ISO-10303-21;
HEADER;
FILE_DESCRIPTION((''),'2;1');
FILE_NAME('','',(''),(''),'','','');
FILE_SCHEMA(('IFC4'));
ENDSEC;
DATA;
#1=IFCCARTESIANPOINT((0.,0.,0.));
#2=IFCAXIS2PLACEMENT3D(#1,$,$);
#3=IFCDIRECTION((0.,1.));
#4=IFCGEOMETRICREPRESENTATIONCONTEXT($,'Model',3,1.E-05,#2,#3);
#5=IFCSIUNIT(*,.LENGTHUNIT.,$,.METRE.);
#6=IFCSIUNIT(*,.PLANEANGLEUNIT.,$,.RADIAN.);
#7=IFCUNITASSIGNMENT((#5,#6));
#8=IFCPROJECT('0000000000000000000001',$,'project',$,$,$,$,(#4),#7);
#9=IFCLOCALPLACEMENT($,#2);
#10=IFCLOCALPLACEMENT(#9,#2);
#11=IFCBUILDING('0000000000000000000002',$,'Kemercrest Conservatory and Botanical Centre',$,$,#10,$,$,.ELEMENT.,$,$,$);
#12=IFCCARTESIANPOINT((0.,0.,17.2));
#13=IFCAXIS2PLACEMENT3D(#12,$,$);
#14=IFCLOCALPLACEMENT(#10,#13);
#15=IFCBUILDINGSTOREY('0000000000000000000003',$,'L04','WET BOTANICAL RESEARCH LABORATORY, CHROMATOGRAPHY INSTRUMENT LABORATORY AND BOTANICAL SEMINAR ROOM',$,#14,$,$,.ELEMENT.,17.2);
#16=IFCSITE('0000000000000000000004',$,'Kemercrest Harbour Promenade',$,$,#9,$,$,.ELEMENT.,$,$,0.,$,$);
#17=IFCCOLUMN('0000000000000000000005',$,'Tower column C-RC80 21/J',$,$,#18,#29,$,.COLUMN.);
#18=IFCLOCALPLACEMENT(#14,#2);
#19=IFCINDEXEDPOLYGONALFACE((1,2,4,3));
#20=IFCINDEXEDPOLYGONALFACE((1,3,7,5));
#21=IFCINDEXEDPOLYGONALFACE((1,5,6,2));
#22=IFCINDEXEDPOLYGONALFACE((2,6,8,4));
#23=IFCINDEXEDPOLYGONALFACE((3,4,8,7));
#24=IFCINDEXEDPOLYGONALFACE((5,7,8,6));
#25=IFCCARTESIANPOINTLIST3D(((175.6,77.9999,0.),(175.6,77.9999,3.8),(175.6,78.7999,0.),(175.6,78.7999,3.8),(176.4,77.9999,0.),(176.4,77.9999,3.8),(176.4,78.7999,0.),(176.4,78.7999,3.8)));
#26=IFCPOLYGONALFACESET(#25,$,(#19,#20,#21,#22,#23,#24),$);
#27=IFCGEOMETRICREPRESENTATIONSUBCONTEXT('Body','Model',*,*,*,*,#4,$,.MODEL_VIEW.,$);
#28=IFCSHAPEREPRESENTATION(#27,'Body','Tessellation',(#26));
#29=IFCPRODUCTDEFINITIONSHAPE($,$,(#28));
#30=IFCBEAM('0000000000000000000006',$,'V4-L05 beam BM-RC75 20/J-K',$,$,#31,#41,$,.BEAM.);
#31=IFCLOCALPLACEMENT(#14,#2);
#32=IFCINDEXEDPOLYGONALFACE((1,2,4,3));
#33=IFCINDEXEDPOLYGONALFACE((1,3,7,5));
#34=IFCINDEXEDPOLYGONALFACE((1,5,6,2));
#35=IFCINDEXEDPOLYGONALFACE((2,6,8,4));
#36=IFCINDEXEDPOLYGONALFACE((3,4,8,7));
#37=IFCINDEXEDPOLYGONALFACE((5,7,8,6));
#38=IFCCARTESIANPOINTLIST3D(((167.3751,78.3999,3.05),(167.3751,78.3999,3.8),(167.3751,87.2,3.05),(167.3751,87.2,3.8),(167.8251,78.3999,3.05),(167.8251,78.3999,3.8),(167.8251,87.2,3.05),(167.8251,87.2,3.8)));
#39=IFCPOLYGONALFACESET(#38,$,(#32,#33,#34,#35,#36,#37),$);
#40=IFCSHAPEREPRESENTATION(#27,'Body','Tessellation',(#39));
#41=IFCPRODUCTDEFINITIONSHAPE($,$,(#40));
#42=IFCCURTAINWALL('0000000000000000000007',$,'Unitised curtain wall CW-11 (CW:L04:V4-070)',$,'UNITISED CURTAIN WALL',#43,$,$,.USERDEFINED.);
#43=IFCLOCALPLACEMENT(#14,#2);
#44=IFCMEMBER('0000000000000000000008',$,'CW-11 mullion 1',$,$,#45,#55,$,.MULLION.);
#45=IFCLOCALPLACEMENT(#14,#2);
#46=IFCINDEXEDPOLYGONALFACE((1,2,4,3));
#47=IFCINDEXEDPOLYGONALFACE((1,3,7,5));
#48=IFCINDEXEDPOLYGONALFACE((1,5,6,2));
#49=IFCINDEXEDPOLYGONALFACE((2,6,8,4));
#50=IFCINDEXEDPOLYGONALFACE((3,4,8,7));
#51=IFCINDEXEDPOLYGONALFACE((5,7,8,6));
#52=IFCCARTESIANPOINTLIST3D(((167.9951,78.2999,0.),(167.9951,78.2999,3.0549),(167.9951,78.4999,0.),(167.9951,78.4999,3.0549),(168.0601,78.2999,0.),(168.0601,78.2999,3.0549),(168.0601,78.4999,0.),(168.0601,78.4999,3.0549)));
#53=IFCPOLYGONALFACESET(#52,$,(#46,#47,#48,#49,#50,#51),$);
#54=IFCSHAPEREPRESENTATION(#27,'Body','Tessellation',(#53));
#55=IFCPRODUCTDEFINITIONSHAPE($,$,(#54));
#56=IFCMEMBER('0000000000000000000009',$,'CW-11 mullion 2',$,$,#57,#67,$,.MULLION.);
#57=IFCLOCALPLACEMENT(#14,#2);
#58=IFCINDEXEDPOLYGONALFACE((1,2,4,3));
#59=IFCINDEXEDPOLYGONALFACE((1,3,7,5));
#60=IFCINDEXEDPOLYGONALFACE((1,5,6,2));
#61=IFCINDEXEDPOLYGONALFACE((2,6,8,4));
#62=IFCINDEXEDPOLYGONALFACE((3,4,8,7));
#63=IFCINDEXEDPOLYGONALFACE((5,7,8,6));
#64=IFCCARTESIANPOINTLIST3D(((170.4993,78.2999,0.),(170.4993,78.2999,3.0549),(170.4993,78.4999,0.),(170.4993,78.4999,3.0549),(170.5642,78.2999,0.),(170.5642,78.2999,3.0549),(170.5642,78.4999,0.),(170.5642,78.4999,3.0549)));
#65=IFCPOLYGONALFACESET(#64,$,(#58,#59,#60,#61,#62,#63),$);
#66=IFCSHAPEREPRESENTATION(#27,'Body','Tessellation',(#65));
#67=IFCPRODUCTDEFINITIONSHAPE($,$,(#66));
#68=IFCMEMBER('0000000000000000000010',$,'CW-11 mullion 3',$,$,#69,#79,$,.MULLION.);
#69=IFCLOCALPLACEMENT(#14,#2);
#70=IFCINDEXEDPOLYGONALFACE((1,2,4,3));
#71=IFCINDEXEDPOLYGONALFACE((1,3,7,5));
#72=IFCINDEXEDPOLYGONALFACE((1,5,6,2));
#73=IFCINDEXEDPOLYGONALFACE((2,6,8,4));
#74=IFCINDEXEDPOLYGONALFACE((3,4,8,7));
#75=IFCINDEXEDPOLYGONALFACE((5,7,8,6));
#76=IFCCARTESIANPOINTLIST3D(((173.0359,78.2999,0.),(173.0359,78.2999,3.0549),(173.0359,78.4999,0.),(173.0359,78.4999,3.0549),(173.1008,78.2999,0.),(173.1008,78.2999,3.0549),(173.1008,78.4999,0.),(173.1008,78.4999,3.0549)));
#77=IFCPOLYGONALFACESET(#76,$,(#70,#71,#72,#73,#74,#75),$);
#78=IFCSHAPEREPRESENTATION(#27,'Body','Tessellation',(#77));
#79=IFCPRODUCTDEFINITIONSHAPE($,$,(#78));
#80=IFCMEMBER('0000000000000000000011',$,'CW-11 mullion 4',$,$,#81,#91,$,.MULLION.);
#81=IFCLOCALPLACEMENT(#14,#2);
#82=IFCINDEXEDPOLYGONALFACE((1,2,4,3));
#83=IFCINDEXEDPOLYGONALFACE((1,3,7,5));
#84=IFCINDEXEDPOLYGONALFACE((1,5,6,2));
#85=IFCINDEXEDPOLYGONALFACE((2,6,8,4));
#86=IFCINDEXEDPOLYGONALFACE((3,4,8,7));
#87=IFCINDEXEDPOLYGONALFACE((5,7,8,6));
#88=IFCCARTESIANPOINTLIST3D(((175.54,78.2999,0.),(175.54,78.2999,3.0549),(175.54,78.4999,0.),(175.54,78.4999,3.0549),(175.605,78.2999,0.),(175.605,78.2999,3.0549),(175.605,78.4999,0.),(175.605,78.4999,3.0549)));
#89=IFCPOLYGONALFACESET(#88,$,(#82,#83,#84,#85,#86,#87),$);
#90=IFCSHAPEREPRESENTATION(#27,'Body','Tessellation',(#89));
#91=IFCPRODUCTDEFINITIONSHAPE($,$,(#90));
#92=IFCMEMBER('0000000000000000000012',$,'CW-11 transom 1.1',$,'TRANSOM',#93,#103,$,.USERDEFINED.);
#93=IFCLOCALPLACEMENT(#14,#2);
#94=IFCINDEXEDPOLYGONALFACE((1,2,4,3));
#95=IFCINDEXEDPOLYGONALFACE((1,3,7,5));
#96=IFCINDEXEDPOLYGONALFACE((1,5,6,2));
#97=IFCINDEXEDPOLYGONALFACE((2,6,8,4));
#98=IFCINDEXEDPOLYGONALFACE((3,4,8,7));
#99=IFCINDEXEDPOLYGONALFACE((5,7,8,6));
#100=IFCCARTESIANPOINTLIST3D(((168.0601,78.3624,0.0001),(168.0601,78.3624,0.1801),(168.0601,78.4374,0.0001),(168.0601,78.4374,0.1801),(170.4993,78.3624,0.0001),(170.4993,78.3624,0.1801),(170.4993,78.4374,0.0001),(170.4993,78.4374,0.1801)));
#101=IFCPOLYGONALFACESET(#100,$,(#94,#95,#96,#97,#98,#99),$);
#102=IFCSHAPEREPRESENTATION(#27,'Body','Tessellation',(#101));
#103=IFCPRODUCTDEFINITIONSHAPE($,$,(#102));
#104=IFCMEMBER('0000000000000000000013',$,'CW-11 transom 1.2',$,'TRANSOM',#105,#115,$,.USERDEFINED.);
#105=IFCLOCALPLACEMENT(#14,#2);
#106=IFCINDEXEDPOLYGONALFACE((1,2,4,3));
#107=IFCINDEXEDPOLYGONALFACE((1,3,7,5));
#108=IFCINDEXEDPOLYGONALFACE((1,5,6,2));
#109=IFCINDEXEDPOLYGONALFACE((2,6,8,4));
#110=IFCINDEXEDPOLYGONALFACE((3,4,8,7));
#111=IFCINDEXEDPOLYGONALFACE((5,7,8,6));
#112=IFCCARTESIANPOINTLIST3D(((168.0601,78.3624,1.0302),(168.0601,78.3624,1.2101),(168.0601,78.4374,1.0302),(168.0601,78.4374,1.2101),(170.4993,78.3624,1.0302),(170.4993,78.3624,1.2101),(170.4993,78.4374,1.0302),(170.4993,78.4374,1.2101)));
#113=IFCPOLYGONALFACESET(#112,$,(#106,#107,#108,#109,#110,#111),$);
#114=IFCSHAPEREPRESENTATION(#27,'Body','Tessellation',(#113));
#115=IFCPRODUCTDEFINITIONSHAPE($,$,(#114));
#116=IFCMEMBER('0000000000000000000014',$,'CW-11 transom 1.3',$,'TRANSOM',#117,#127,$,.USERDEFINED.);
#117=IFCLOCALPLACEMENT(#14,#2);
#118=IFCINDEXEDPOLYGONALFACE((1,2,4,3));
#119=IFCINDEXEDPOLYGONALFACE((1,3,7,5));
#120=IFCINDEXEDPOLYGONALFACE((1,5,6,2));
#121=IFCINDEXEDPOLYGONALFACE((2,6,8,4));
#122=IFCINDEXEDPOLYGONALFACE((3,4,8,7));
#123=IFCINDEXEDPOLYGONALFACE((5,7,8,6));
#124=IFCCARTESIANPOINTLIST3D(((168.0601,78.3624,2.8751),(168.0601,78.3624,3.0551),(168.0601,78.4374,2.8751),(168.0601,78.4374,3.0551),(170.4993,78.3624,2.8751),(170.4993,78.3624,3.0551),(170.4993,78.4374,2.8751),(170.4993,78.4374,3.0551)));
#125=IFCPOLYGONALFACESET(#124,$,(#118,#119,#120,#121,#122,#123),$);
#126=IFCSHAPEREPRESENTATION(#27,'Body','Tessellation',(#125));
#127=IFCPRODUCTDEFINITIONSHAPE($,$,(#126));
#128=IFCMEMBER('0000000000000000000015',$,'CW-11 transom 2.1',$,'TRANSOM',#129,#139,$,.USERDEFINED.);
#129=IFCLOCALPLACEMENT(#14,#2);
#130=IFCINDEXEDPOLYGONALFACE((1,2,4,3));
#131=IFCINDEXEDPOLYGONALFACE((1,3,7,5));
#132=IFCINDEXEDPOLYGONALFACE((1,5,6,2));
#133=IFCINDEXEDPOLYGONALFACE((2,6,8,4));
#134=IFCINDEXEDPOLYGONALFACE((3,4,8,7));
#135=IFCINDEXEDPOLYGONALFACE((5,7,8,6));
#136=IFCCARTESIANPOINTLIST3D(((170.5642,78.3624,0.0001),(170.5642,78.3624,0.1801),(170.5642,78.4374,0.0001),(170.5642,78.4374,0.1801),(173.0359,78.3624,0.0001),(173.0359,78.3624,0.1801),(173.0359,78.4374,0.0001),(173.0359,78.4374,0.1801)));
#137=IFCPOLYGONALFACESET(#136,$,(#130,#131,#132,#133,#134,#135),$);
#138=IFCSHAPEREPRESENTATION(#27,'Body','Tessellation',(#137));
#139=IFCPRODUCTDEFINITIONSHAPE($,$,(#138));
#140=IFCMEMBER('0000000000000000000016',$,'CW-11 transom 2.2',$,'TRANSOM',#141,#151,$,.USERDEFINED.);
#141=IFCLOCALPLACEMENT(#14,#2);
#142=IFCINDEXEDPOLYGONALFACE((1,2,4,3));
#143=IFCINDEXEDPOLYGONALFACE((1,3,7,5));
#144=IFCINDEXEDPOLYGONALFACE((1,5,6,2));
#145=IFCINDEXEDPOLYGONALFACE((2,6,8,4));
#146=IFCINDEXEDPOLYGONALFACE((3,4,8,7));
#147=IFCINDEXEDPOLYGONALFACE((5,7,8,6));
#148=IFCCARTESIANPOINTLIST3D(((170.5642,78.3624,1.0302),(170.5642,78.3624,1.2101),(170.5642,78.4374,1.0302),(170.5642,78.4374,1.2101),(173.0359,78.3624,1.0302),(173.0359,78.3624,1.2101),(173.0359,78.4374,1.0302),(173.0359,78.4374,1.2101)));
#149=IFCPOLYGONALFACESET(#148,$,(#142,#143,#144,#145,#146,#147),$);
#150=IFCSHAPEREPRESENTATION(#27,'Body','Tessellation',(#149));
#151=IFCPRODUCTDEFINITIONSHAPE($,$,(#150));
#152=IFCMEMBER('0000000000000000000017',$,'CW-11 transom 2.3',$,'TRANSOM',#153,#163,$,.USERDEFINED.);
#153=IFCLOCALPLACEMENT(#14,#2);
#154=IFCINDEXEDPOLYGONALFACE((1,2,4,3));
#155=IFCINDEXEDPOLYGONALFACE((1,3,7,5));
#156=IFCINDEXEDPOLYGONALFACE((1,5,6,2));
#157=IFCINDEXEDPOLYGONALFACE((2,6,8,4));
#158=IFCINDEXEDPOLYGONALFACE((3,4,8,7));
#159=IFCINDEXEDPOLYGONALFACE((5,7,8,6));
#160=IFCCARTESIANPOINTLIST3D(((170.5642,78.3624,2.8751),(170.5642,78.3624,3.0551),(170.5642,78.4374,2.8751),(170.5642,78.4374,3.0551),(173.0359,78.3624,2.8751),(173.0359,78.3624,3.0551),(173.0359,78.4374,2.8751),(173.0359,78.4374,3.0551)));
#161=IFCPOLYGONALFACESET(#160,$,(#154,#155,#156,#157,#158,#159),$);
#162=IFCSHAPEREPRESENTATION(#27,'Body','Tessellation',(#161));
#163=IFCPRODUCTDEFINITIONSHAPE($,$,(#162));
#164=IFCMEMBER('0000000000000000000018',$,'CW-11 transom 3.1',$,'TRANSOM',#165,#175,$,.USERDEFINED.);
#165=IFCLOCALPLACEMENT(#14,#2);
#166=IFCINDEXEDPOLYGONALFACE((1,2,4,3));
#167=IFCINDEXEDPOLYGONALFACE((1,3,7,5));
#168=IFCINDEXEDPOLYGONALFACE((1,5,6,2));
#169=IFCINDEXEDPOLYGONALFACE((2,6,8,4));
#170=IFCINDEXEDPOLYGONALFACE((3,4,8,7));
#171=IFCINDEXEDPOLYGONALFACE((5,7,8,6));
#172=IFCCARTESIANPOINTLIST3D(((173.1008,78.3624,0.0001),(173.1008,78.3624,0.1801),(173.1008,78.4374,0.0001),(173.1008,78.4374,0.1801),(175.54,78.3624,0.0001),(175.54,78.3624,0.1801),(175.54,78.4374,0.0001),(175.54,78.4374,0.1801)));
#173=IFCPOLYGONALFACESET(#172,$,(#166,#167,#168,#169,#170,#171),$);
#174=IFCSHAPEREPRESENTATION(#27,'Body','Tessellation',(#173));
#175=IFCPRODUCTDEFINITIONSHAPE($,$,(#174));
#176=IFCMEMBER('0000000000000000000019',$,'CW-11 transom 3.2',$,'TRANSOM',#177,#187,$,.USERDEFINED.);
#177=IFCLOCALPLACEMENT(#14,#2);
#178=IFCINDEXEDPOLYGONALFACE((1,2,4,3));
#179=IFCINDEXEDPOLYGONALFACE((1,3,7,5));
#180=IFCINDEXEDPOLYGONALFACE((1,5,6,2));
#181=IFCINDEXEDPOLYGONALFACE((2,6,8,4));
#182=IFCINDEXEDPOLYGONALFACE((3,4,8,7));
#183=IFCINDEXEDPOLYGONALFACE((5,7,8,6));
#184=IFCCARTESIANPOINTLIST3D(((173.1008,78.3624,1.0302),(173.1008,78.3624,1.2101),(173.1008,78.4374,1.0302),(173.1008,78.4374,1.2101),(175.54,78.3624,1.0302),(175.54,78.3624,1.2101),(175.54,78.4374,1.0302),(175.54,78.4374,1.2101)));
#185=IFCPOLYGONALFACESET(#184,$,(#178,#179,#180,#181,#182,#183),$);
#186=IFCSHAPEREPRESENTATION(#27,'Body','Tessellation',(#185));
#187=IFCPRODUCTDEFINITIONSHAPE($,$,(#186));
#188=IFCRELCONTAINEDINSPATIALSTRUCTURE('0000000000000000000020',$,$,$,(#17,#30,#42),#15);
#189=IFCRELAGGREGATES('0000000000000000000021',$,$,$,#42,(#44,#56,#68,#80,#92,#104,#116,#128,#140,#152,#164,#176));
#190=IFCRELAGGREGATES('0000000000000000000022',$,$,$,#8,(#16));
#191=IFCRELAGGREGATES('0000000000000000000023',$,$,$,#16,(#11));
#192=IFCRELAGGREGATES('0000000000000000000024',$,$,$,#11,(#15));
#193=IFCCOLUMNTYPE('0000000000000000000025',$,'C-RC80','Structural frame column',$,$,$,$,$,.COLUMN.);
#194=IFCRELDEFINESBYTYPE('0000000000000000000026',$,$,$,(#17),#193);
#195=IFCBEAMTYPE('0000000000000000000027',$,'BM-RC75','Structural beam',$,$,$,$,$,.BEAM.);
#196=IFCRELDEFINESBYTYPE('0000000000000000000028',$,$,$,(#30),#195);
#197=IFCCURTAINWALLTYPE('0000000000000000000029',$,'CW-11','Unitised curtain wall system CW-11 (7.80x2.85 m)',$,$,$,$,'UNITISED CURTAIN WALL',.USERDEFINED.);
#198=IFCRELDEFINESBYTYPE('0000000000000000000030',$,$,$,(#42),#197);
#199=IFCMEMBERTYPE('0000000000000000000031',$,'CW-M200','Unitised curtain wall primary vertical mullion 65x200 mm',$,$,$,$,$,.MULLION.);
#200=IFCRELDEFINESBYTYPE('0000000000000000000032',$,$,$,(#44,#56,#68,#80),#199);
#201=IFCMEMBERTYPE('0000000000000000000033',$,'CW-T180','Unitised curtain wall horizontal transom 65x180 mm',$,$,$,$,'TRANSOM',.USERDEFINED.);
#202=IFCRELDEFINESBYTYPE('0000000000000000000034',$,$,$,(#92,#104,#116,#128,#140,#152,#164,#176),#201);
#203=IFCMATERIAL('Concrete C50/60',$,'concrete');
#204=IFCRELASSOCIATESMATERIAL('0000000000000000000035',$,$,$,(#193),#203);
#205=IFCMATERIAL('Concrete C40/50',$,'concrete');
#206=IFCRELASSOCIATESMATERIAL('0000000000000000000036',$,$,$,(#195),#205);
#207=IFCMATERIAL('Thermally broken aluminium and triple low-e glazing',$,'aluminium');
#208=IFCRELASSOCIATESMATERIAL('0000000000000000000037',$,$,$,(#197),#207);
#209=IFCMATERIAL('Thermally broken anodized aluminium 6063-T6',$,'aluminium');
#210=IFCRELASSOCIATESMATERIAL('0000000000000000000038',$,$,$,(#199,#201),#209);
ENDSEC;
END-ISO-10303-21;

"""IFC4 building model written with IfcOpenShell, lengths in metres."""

from ifc_helpers import new_model, si_unit, direction, frame, origin, origin_2d, place, context, subcontext, project, spatial, rectangle, extrude, material, material_profile, profile_set, type_object, element, aggregate, save


model = new_model("IFC4")

# Units and contexts
model_context = context("Model", 3, precision=1e-05, world=origin(), true_north=direction((0.0, 1.0)))
body_context = subcontext(model_context, "Body", "Model", "MODEL_VIEW")
ifc_project = project(units=[si_unit("LENGTHUNIT", "METRE"), si_unit("PLANEANGLEUNIT", "RADIAN")], contexts=[model_context])

# Site, building, storey
site_placement = place(None, origin())
site = spatial("IfcSite", under=ifc_project, at=site_placement, Name="Kemercrest Harbour Promenade", CompositionType="ELEMENT", RefElevation=0.0)
building_placement = place(site_placement, origin())
building = spatial("IfcBuilding", under=site, at=building_placement, Name="Kemercrest Conservatory and Botanical Centre", CompositionType="ELEMENT")
storey_placement = place(building_placement, frame((0.0, 0.0, 17.2)))
storey = spatial("IfcBuildingStorey", under=building, at=storey_placement, Name="L04", Description="WET BOTANICAL RESEARCH LABORATORY, CHROMATOGRAPHY INSTRUMENT LABORATORY AND BOTANICAL SEMINAR ROOM", CompositionType="ELEMENT", Elevation=17.2)

# Column
ifc_material_1 = material(Name="Concrete C50/60", Category="concrete")
ifc_material_profile_1 = material_profile(ifc_material_1, rectangle(XDim=0.8, YDim=0.8, at=origin_2d()), Name="RC 800x800")
ifc_profile_set_1 = profile_set([ifc_material_profile_1], Name="Concrete C50/60")
column_type = type_object("IfcColumnType", Name="C-RC80", Description="Structural frame column", PredefinedType="COLUMN", material=ifc_profile_set_1)
column_placement = place(storey_placement, frame((176.0, 78.3999, 0.0), z_axis=(0.0, 0.0, 1.0), x_axis=(1.0, 0.0, 0.0)))
element("IfcColumn", 1, at=column_placement, inside=storey, type_object=column_type, Name="Tower column C-RC80 21/J", PredefinedType="COLUMN", context=body_context, shape_type="SweptSolid", body=[
    extrude(rectangle(XDim=0.8, YDim=0.8, at=origin_2d()), origin(), (0.0, 0.0, 1.0), 3.8),
])

# Beam
ifc_material_2 = material(Name="Concrete C40/50", Category="concrete")
ifc_material_profile_2 = material_profile(ifc_material_2, rectangle(XDim=0.45, YDim=0.75, at=origin_2d()), Name="RC 450x750")
ifc_profile_set_2 = profile_set([ifc_material_profile_2], Name="Concrete C40/50")
beam_type_1 = type_object("IfcBeamType", Name="BM-RC75", Description="Structural beam", PredefinedType="BEAM", material=ifc_profile_set_2)
beam_1_placement = place(storey_placement, frame((167.6001, 78.3999, 3.425), z_axis=(0.0, 1.0, 0.0), x_axis=(-1.0, 0.0, 0.0)))
element("IfcBeam", 2, at=beam_1_placement, inside=storey, type_object=beam_type_1, Name="V4-L05 beam BM-RC75 20/J-K", PredefinedType="BEAM", context=body_context, shape_type="SweptSolid", body=[
    extrude(rectangle(XDim=0.45, YDim=0.75, at=origin_2d()), origin(), (0.0, 0.0, 1.0), 8.8),
])

# Curtain wall, members
ifc_material_3 = material(Name="Thermally broken aluminium and triple low-e glazing", Category="aluminium")
curtain_wall_type = type_object("IfcCurtainWallType", Name="CW-11", Description="Unitised curtain wall system CW-11 (7.80x2.85 m)", ElementType="UNITISED CURTAIN WALL", PredefinedType="USERDEFINED", material=ifc_material_3)
curtain_wall_placement = place(storey_placement, origin())
curtain_wall = element("IfcCurtainWall", 3, at=curtain_wall_placement, inside=storey, type_object=curtain_wall_type, Name="Unitised curtain wall CW-11 (CW:L04:V4-070)", ObjectType="UNITISED CURTAIN WALL", PredefinedType="USERDEFINED")
ifc_material_4 = material(Name="Thermally broken anodized aluminium 6063-T6", Category="aluminium")
ifc_material_profile_3 = material_profile(ifc_material_4, rectangle(XDim=0.2, YDim=0.0649, at=origin_2d()), Name="AL MULLION 65x200")
ifc_profile_set_3 = profile_set([ifc_material_profile_3], Name="Thermally broken anodized aluminium 6063-T6")
member_type_1 = type_object("IfcMemberType", Name="CW-M200", Description="Unitised curtain wall primary vertical mullion 65x200 mm", PredefinedType="MULLION", material=ifc_profile_set_3)
member_1_placement = place(storey_placement, frame((168.0276, 78.3999, 0.0), z_axis=(0.0, 0.0, 1.0), x_axis=(0.0, 1.0, 0.0)))
member_1 = element("IfcMember", 4, at=member_1_placement, type_object=member_type_1, Name="CW-11 mullion 1", PredefinedType="MULLION", context=body_context, shape_type="SweptSolid", body=[
    extrude(rectangle(XDim=0.2, YDim=0.0649, at=origin_2d()), origin(), (0.0, 0.0, 1.0), 3.0549),
])
member_2_placement = place(storey_placement, frame((170.5317, 78.3999, 0.0), z_axis=(0.0, 0.0, 1.0), x_axis=(0.0, 1.0, 0.0)))
member_2 = element("IfcMember", 5, at=member_2_placement, type_object=member_type_1, Name="CW-11 mullion 2", PredefinedType="MULLION", context=body_context, shape_type="SweptSolid", body=[
    extrude(rectangle(XDim=0.2, YDim=0.0649, at=origin_2d()), origin(), (0.0, 0.0, 1.0), 3.0549),
])
member_3_placement = place(storey_placement, frame((173.0684, 78.3999, 0.0), z_axis=(0.0, 0.0, 1.0), x_axis=(0.0, 1.0, 0.0)))
member_3 = element("IfcMember", 6, at=member_3_placement, type_object=member_type_1, Name="CW-11 mullion 3", PredefinedType="MULLION", context=body_context, shape_type="SweptSolid", body=[
    extrude(rectangle(XDim=0.2, YDim=0.0649, at=origin_2d()), origin(), (0.0, 0.0, 1.0), 3.0549),
])
member_4_placement = place(storey_placement, frame((175.5725, 78.3999, 0.0), z_axis=(0.0, 0.0, 1.0), x_axis=(0.0, 1.0, 0.0)))
member_4 = element("IfcMember", 7, at=member_4_placement, type_object=member_type_1, Name="CW-11 mullion 4", PredefinedType="MULLION", context=body_context, shape_type="SweptSolid", body=[
    extrude(rectangle(XDim=0.2, YDim=0.0649, at=origin_2d()), origin(), (0.0, 0.0, 1.0), 3.0549),
])
ifc_material_profile_4 = material_profile(ifc_material_4, rectangle(XDim=0.075, YDim=0.1799, at=origin_2d()), Name="AL TRANSOM 75x180")
ifc_profile_set_4 = profile_set([ifc_material_profile_4], Name="Thermally broken anodized aluminium 6063-T6")
member_type_2 = type_object("IfcMemberType", Name="CW-T180", Description="Unitised curtain wall horizontal transom 65x180 mm", ElementType="TRANSOM", PredefinedType="USERDEFINED", material=ifc_profile_set_4)
member_5_placement = place(storey_placement, frame((168.0601, 78.3999, 0.0901), z_axis=(1.0, 0.0, 0.0), x_axis=(0.0, 1.0, 0.0)))
member_5 = element("IfcMember", 8, at=member_5_placement, type_object=member_type_2, Name="CW-11 transom 1.1", ObjectType="TRANSOM", PredefinedType="USERDEFINED", context=body_context, shape_type="SweptSolid", body=[
    extrude(rectangle(XDim=0.075, YDim=0.1799, at=origin_2d()), origin(), (0.0, 0.0, 1.0), 2.4392),
])
member_6_placement = place(storey_placement, frame((168.0601, 78.3999, 1.1201), z_axis=(1.0, 0.0, 0.0), x_axis=(0.0, 1.0, 0.0)))
member_6 = element("IfcMember", 9, at=member_6_placement, type_object=member_type_2, Name="CW-11 transom 1.2", ObjectType="TRANSOM", PredefinedType="USERDEFINED", context=body_context, shape_type="SweptSolid", body=[
    extrude(rectangle(XDim=0.075, YDim=0.1799, at=origin_2d()), origin(), (0.0, 0.0, 1.0), 2.4392),
])
member_7_placement = place(storey_placement, frame((168.0601, 78.3999, 2.9651), z_axis=(1.0, 0.0, 0.0), x_axis=(0.0, 1.0, 0.0)))
member_7 = element("IfcMember", 10, at=member_7_placement, type_object=member_type_2, Name="CW-11 transom 1.3", ObjectType="TRANSOM", PredefinedType="USERDEFINED", context=body_context, shape_type="SweptSolid", body=[
    extrude(rectangle(XDim=0.075, YDim=0.1799, at=origin_2d()), origin(), (0.0, 0.0, 1.0), 2.4392),
])
member_8_placement = place(storey_placement, frame((170.5642, 78.3999, 0.0901), z_axis=(1.0, 0.0, 0.0), x_axis=(0.0, 1.0, 0.0)))
member_8 = element("IfcMember", 11, at=member_8_placement, type_object=member_type_2, Name="CW-11 transom 2.1", ObjectType="TRANSOM", PredefinedType="USERDEFINED", context=body_context, shape_type="SweptSolid", body=[
    extrude(rectangle(XDim=0.075, YDim=0.1799, at=origin_2d()), origin(), (0.0, 0.0, 1.0), 2.4717),
])
member_9_placement = place(storey_placement, frame((170.5642, 78.3999, 1.1201), z_axis=(1.0, 0.0, 0.0), x_axis=(0.0, 1.0, 0.0)))
member_9 = element("IfcMember", 12, at=member_9_placement, type_object=member_type_2, Name="CW-11 transom 2.2", ObjectType="TRANSOM", PredefinedType="USERDEFINED", context=body_context, shape_type="SweptSolid", body=[
    extrude(rectangle(XDim=0.075, YDim=0.1799, at=origin_2d()), origin(), (0.0, 0.0, 1.0), 2.4717),
])
member_10_placement = place(storey_placement, frame((170.5642, 78.3999, 2.9651), z_axis=(1.0, 0.0, 0.0), x_axis=(0.0, 1.0, 0.0)))
member_10 = element("IfcMember", 13, at=member_10_placement, type_object=member_type_2, Name="CW-11 transom 2.3", ObjectType="TRANSOM", PredefinedType="USERDEFINED", context=body_context, shape_type="SweptSolid", body=[
    extrude(rectangle(XDim=0.075, YDim=0.1799, at=origin_2d()), origin(), (0.0, 0.0, 1.0), 2.4717),
])
member_11_placement = place(storey_placement, frame((173.1008, 78.3999, 0.0901), z_axis=(1.0, 0.0, 0.0), x_axis=(0.0, 1.0, 0.0)))
member_11 = element("IfcMember", 14, at=member_11_placement, type_object=member_type_2, Name="CW-11 transom 3.1", ObjectType="TRANSOM", PredefinedType="USERDEFINED", context=body_context, shape_type="SweptSolid", body=[
    extrude(rectangle(XDim=0.075, YDim=0.1799, at=origin_2d()), origin(), (0.0, 0.0, 1.0), 2.4392),
])
member_12_placement = place(storey_placement, frame((173.1008, 78.3999, 1.1201), z_axis=(1.0, 0.0, 0.0), x_axis=(0.0, 1.0, 0.0)))
member_12 = element("IfcMember", 15, at=member_12_placement, type_object=member_type_2, Name="CW-11 transom 3.2", ObjectType="TRANSOM", PredefinedType="USERDEFINED", context=body_context, shape_type="SweptSolid", body=[
    extrude(rectangle(XDim=0.075, YDim=0.1799, at=origin_2d()), origin(), (0.0, 0.0, 1.0), 2.4392),
])

aggregate(curtain_wall, [member_1, member_2, member_3, member_4, member_5, member_6, member_7, member_8, member_9, member_10, member_11, member_12])

save(model, "model.ifc")
